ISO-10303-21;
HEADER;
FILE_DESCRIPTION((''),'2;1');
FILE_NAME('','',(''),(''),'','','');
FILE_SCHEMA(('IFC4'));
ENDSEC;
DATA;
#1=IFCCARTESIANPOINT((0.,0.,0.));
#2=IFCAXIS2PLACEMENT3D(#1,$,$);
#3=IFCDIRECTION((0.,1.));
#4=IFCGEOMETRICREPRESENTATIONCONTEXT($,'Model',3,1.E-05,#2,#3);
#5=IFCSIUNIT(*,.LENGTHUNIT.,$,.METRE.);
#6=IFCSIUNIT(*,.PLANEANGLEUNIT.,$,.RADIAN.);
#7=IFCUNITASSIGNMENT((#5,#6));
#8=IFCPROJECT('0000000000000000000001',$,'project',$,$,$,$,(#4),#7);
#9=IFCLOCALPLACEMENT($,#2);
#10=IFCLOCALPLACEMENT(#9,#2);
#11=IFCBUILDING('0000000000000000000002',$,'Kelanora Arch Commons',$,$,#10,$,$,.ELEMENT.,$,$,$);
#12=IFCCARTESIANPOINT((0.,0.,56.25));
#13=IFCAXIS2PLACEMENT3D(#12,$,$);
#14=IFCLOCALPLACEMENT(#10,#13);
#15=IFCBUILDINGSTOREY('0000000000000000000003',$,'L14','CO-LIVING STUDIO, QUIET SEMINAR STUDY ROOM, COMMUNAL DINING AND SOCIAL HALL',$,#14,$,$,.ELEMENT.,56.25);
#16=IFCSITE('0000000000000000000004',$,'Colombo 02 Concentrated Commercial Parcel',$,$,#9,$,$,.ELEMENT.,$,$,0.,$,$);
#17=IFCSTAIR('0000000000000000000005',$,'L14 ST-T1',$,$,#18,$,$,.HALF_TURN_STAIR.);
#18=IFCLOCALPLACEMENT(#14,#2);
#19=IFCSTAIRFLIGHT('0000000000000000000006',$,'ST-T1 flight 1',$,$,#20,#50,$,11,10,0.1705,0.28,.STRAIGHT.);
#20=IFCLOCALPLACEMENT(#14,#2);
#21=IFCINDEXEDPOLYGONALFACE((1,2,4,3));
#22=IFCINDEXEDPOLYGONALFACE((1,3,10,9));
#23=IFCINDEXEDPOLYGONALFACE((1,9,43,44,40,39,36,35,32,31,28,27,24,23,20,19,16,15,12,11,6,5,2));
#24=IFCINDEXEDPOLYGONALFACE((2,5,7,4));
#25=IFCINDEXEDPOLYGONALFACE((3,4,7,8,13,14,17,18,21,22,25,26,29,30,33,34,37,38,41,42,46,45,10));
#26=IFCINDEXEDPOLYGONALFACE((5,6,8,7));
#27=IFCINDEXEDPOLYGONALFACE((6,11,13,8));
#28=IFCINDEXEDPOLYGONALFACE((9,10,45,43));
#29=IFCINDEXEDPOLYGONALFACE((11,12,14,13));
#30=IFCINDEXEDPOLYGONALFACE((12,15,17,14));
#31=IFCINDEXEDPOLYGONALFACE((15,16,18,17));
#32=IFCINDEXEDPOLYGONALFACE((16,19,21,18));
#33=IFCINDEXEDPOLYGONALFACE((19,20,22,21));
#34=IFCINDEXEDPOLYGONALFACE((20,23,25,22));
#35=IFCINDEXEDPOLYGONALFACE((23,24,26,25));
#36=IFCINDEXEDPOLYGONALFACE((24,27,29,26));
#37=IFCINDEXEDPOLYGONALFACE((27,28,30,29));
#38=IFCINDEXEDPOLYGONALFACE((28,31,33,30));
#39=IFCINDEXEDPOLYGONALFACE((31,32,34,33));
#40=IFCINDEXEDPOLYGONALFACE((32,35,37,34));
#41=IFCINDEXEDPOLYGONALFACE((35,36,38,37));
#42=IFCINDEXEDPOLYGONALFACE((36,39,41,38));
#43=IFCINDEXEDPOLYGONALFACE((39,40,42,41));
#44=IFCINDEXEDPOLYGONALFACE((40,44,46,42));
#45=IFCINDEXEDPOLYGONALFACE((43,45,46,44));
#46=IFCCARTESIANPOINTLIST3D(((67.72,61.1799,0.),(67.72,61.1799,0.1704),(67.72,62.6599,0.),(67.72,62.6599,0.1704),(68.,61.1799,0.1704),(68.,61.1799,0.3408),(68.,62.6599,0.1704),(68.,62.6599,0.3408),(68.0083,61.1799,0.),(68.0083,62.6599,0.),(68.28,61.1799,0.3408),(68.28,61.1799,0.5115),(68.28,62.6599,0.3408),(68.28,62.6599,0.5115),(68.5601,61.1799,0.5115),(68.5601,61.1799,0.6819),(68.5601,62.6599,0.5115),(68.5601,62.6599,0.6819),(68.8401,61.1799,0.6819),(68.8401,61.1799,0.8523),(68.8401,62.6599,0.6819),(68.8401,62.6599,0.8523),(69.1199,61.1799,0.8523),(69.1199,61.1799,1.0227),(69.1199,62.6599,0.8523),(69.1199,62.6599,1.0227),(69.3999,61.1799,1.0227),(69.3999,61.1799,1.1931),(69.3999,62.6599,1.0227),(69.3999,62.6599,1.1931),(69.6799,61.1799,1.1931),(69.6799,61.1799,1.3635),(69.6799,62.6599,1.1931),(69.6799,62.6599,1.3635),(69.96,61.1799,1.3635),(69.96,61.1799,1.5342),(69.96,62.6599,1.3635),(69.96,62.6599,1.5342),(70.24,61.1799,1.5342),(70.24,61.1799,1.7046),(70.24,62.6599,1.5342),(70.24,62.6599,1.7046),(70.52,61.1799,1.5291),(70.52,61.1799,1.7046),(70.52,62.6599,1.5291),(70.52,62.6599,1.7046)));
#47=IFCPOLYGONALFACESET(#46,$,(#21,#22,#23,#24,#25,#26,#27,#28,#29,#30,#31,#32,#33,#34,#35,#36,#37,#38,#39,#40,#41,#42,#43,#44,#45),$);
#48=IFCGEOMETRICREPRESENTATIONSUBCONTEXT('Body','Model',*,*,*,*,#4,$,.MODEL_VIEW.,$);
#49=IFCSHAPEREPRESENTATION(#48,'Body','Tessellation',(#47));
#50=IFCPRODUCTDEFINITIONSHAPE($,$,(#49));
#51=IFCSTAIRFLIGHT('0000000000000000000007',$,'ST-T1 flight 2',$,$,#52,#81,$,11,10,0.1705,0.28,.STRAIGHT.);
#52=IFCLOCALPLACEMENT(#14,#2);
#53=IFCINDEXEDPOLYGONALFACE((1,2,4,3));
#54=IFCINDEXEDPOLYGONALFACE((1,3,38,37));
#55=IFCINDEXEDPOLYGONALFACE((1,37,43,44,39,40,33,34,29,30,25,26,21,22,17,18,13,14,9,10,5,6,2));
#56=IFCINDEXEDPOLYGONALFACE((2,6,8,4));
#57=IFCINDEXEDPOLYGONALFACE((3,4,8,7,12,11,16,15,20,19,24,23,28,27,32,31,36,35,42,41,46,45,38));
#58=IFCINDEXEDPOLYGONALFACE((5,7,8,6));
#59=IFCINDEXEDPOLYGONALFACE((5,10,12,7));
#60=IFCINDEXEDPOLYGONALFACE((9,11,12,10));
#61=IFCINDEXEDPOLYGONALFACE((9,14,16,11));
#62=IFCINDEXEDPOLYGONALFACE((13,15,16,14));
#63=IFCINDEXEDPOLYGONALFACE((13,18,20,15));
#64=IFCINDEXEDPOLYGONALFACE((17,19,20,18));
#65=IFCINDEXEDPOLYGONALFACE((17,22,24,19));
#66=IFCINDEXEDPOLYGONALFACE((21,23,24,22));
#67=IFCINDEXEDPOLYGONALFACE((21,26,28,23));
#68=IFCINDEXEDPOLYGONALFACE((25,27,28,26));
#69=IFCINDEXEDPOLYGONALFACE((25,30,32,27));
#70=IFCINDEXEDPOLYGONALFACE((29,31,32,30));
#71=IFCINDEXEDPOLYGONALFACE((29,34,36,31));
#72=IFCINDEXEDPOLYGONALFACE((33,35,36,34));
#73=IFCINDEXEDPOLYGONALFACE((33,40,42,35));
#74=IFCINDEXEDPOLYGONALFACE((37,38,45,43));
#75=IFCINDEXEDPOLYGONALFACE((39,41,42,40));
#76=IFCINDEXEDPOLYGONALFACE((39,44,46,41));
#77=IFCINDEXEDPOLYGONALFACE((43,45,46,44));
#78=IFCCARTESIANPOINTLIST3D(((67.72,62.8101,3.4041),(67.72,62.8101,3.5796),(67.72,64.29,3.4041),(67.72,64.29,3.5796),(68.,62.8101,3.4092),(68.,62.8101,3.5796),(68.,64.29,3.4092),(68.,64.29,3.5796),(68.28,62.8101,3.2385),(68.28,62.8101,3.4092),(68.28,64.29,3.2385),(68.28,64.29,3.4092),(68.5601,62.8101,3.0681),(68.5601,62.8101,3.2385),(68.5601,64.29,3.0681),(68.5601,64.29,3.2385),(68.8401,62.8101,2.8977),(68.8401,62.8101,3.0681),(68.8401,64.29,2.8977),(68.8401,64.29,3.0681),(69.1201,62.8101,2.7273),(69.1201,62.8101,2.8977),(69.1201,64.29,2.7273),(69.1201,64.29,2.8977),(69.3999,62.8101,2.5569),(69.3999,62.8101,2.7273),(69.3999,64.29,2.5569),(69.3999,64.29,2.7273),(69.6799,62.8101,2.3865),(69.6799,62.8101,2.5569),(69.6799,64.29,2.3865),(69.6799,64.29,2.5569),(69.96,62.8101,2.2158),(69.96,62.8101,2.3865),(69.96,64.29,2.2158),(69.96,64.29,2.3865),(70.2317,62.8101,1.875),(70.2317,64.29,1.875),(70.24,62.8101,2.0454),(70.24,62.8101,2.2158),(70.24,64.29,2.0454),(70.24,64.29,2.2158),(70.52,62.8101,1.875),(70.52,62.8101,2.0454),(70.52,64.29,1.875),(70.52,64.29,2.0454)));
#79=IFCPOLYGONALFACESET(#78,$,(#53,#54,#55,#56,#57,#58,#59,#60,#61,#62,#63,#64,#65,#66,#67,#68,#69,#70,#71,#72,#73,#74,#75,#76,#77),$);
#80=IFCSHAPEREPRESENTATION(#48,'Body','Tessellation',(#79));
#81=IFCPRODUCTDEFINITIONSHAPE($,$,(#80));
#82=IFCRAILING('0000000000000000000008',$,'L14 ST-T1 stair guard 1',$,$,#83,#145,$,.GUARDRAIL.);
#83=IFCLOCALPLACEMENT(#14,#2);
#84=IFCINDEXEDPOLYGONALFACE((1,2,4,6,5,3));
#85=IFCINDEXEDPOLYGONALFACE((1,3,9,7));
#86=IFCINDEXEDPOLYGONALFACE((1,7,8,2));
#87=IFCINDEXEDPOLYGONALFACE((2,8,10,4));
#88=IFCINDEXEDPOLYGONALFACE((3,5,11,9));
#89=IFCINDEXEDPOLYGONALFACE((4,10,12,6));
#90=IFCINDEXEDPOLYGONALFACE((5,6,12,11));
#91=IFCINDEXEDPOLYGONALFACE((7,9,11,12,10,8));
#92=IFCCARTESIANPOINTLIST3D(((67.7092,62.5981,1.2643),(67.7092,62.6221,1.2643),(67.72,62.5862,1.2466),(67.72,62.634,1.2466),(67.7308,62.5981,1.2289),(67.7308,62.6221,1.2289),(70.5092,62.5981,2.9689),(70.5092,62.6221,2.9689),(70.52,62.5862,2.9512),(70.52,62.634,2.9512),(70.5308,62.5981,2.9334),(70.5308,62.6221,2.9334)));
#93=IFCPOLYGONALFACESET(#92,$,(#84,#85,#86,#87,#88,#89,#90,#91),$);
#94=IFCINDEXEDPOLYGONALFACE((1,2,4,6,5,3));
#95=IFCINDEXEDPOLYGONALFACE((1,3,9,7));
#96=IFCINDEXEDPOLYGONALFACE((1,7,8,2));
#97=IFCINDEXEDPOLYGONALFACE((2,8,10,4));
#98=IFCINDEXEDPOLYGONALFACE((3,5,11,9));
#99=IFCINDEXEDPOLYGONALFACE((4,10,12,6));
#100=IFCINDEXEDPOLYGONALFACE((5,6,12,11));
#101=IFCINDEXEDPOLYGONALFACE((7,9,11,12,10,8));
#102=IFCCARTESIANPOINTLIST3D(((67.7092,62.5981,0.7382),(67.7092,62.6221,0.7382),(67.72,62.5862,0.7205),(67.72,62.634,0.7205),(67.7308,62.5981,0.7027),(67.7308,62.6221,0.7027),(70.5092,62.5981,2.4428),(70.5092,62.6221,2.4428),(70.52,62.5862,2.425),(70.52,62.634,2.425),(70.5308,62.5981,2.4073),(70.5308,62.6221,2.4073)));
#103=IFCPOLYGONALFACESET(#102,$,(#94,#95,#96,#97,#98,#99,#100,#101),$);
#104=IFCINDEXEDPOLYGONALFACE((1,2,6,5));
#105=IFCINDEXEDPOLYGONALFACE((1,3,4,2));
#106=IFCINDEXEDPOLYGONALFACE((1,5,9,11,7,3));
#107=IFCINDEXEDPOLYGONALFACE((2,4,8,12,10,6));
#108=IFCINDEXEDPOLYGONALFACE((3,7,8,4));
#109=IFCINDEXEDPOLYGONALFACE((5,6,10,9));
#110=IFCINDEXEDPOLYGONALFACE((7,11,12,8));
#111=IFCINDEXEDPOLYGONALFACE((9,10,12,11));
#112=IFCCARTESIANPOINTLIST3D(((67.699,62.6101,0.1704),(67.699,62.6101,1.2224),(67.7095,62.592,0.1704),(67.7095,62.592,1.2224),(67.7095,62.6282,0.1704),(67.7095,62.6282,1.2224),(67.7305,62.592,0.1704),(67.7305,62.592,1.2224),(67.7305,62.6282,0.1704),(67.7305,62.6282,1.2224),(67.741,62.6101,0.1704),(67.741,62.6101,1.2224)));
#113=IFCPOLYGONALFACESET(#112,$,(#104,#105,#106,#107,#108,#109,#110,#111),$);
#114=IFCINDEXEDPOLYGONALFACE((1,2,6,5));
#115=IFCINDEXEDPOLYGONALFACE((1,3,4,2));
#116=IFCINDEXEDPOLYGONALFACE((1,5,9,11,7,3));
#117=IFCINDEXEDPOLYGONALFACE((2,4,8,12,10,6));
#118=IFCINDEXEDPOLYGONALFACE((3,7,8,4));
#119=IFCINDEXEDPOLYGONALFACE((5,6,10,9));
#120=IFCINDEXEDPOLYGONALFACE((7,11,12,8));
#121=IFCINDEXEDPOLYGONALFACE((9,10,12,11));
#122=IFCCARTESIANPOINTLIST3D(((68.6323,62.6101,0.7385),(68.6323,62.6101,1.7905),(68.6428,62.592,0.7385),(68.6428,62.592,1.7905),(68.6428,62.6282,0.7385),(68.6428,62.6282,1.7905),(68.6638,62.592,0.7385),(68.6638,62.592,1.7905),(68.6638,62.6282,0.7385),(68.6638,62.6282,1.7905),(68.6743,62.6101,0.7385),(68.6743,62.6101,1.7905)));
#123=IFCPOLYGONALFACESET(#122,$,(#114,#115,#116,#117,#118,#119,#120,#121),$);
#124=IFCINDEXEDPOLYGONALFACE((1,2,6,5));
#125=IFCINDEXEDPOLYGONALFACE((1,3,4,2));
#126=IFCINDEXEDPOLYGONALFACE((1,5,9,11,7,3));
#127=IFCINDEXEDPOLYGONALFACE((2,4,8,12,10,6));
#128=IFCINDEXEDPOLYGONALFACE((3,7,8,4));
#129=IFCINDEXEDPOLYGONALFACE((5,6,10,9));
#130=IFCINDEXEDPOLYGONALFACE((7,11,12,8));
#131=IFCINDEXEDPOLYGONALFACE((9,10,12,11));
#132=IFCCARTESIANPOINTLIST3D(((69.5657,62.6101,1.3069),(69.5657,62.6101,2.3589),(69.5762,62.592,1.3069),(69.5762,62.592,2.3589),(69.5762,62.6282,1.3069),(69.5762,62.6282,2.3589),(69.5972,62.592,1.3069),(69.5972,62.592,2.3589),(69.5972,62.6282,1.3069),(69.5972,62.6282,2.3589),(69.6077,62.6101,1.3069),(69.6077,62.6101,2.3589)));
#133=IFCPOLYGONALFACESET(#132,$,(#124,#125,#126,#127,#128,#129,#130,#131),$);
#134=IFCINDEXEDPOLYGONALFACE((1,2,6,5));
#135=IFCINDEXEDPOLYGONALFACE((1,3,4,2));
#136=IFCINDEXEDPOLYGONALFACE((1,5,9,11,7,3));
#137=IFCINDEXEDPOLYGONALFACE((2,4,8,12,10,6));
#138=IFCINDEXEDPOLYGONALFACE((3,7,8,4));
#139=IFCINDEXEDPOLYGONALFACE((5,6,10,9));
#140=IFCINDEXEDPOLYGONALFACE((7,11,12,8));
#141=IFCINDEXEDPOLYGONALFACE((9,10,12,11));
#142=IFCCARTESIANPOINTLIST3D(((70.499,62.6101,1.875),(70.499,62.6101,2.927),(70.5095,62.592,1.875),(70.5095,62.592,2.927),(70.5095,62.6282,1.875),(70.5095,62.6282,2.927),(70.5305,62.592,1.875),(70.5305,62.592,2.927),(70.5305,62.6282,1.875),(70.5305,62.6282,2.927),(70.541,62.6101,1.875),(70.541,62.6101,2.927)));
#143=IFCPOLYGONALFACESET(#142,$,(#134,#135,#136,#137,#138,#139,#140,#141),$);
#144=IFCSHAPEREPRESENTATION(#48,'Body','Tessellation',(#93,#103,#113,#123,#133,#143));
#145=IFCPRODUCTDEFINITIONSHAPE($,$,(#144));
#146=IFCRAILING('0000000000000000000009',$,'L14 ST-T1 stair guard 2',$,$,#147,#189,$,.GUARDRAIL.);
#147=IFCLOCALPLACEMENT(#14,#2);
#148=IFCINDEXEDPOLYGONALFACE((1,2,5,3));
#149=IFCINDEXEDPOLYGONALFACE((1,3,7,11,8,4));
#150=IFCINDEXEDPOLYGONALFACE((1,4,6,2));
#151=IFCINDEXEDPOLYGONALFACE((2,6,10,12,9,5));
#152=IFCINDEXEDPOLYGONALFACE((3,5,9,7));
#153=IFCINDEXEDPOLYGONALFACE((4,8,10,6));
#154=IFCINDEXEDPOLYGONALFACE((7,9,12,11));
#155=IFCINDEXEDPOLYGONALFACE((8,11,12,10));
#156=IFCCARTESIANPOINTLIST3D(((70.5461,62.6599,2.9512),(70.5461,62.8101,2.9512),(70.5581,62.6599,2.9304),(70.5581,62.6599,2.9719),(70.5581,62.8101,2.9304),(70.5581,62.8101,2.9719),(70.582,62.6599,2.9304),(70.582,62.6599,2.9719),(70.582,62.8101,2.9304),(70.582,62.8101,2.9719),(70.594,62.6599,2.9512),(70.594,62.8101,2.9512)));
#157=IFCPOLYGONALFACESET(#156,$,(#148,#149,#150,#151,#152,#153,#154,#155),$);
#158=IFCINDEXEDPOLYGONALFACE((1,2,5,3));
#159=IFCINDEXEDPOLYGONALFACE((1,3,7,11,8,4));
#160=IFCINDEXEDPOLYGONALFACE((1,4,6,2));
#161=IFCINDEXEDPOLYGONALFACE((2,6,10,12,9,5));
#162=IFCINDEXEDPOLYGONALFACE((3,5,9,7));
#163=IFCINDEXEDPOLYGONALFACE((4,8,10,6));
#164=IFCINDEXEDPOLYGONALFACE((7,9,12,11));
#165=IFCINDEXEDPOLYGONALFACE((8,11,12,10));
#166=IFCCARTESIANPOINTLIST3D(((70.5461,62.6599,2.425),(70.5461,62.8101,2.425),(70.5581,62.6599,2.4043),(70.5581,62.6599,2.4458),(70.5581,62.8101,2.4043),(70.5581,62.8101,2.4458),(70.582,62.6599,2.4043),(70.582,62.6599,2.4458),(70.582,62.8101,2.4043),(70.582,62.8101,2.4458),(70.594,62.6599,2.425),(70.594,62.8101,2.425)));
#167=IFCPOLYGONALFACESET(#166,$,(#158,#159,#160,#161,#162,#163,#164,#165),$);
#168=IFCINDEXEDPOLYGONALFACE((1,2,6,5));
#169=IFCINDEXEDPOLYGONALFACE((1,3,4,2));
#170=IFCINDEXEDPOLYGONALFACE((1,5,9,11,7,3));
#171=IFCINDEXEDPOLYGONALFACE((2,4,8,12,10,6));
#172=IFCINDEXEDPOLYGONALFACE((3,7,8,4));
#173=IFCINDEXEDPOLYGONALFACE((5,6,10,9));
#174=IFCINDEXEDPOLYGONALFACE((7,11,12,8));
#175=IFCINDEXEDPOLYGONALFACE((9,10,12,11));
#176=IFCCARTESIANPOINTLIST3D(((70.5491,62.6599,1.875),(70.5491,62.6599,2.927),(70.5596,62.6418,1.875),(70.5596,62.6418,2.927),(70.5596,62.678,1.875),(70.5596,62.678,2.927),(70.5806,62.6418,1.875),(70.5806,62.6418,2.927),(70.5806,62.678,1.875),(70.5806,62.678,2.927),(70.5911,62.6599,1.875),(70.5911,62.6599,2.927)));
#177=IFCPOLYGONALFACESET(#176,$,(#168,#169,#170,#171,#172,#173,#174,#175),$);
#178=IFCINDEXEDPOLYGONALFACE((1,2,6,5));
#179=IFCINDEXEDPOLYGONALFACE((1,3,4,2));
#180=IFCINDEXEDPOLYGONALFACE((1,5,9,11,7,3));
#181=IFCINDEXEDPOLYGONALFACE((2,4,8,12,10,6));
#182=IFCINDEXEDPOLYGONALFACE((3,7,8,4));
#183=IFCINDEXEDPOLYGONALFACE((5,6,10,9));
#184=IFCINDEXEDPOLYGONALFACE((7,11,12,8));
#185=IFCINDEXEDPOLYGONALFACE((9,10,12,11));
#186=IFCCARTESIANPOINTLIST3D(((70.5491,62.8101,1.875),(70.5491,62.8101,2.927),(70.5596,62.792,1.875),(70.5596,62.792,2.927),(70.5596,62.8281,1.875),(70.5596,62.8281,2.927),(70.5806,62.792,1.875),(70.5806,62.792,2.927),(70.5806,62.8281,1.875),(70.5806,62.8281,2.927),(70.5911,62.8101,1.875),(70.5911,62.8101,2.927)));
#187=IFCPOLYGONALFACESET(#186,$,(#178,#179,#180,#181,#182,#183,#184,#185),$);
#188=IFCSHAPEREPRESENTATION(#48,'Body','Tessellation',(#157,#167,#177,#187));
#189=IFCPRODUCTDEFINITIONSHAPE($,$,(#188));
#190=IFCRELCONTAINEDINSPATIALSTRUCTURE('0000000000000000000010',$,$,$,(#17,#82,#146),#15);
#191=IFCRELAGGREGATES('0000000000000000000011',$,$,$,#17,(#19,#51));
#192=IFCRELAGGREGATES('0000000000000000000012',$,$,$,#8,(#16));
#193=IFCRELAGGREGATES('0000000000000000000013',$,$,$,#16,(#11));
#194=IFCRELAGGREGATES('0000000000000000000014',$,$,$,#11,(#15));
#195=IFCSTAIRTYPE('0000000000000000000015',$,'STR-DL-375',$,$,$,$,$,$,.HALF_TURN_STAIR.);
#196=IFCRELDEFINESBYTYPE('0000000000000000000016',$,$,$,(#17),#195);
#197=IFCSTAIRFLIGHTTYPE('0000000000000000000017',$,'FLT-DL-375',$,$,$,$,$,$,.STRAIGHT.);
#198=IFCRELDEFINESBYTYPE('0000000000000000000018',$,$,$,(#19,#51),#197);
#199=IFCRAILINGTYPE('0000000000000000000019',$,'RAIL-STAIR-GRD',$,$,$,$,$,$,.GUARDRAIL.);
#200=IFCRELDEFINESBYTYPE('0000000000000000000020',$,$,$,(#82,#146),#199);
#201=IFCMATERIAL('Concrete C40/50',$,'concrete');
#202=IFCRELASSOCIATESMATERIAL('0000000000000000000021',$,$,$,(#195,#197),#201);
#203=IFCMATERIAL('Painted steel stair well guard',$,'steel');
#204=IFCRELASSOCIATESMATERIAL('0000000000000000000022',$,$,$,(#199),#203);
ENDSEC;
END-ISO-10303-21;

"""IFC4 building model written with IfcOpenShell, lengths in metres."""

from ifc_helpers import new_model, si_unit, direction, frame, origin, place, context, subcontext, project, spatial, polyline, outline, extrude, material, type_object, element, aggregate, save


model = new_model("IFC4")

# Units and contexts
model_context = context("Model", 3, precision=1e-05, world=origin(), true_north=direction((0.0, 1.0)))
body_context = subcontext(model_context, "Body", "Model", "MODEL_VIEW")
ifc_project = project(units=[si_unit("LENGTHUNIT", "METRE"), si_unit("PLANEANGLEUNIT", "RADIAN")], contexts=[model_context])

# Site, building, storey
site_placement = place(None, origin())
site = spatial("IfcSite", under=ifc_project, at=site_placement, Name="Colombo 02 Concentrated Commercial Parcel", CompositionType="ELEMENT", RefElevation=0.0)
building_placement = place(site_placement, origin())
building = spatial("IfcBuilding", under=site, at=building_placement, Name="Kelanora Arch Commons", CompositionType="ELEMENT")
storey_placement = place(building_placement, frame((0.0, 0.0, 56.25)))
storey = spatial("IfcBuildingStorey", under=building, at=storey_placement, Name="L14", Description="CO-LIVING STUDIO, QUIET SEMINAR STUDY ROOM, COMMUNAL DINING AND SOCIAL HALL", CompositionType="ELEMENT", Elevation=56.25)

# Shared definitions
ifc_material_1 = material(Name="Concrete C40/50", Category="concrete")

# Stair, stair flights
stair_type = type_object("IfcStairType", Name="STR-DL-375", PredefinedType="HALF_TURN_STAIR", material=ifc_material_1)
stair_placement = place(storey_placement, origin())
stair = element("IfcStair", 1, at=stair_placement, inside=storey, type_object=stair_type, Name="L14 ST-T1", PredefinedType="HALF_TURN_STAIR")
stair_flight_type = type_object("IfcStairFlightType", Name="FLT-DL-375", PredefinedType="STRAIGHT", material=ifc_material_1)
stair_flight_1_placement = place(storey_placement, frame((67.72, 61.9199, 0.0), z_axis=(0.0, 0.0, 1.0), x_axis=(1.0, 0.0, 0.0)))
stair_flight_1 = element("IfcStairFlight", 2, at=stair_flight_1_placement, type_object=stair_flight_type, Name="ST-T1 flight 1", NumberOfRisers=11, NumberOfTreads=10, PredefinedType="STRAIGHT", RiserHeight=0.1705, TreadLength=0.28, context=body_context, shape_type="SweptSolid", body=[
    extrude(outline(polyline([(0.0, 0.0), (0.0, 0.1704), (0.28, 0.1704), (0.28, 0.3408), (0.5601, 0.3408), (0.5601, 0.5115), (0.8401, 0.5115), (0.8401, 0.6819), (1.1201, 0.6819), (1.1201, 0.8523), (1.3999, 0.8523), (1.3999, 1.0227), (1.6799, 1.0227), (1.6799, 1.1931), (1.96, 1.1931), (1.96, 1.3635), (2.24, 1.3635), (2.24, 1.5342), (2.52, 1.5342), (2.52, 1.7046), (2.8, 1.7046), (2.8, 1.875), (2.8, 1.5291), (0.2883, 0.0), (0.0, 0.0)])), frame((0.0, 0.74, 0.0), z_axis=(0.0, -1.0, 0.0), x_axis=(1.0, 0.0, 0.0)), (0.0, 0.0, 1.0), 1.48),
])
stair_flight_2_placement = place(storey_placement, frame((70.52, 63.55, 1.875), z_axis=(0.0, 0.0, 1.0), x_axis=(-1.0, 0.0, 0.0)))
stair_flight_2 = element("IfcStairFlight", 3, at=stair_flight_2_placement, type_object=stair_flight_type, Name="ST-T1 flight 2", NumberOfRisers=11, NumberOfTreads=10, PredefinedType="STRAIGHT", RiserHeight=0.1705, TreadLength=0.28, context=body_context, shape_type="SweptSolid", body=[
    extrude(outline(polyline([(0.0, 0.0), (0.0, 0.1704), (0.28, 0.1704), (0.28, 0.3408), (0.5601, 0.3408), (0.5601, 0.5115), (0.8401, 0.5115), (0.8401, 0.6819), (1.1201, 0.6819), (1.1201, 0.8523), (1.3999, 0.8523), (1.3999, 1.0227), (1.6799, 1.0227), (1.6799, 1.1931), (1.96, 1.1931), (1.96, 1.3635), (2.24, 1.3635), (2.24, 1.5342), (2.52, 1.5342), (2.52, 1.7046), (2.8, 1.7046), (2.8, 1.875), (2.8, 1.5291), (0.2883, 0.0), (0.0, 0.0)])), frame((0.0, 0.74, 0.0), z_axis=(0.0, -1.0, 0.0), x_axis=(1.0, 0.0, 0.0)), (0.0, 0.0, 1.0), 1.48),
])
aggregate(stair, [stair_flight_1, stair_flight_2])

# Railings
ifc_material_2 = material(Name="Painted steel stair well guard", Category="steel")
railing_type_1 = type_object("IfcRailingType", Name="RAIL-STAIR-GRD", PredefinedType="GUARDRAIL", material=ifc_material_2)
railing_1_placement = place(storey_placement, frame((67.72, 62.6101, 0.1704)))
element("IfcRailing", 4, at=railing_1_placement, inside=storey, type_object=railing_type_1, Name="L14 ST-T1 stair guard 1", PredefinedType="GUARDRAIL", context=body_context, shape_type="SweptSolid", body=[
    extrude(outline(polyline([(0.0239, 0.0), (0.012, 0.0208), (-0.012, 0.0208), (-0.0239, 0.0), (-0.012, -0.0208), (0.012, -0.0208), (0.0239, 0.0)])), frame((0.0, 0.0, 1.0762), z_axis=(0.85417, 0.0, 0.519994), x_axis=(0.0, 1.0, 0.0)), (0.0, 0.0, 1.0), 3.2781),
    extrude(outline(polyline([(0.0239, 0.0), (0.012, 0.0208), (-0.012, 0.0208), (-0.0239, 0.0), (-0.012, -0.0208), (0.012, -0.0208), (0.0239, 0.0)])), frame((0.0, 0.0, 0.55), z_axis=(0.85417, 0.0, 0.519994), x_axis=(0.0, 1.0, 0.0)), (0.0, 0.0, 1.0), 3.2781),
    extrude(outline(polyline([(0.021, 0.0), (0.0105, 0.0181), (-0.0105, 0.0181), (-0.021, 0.0), (-0.0105, -0.0181), (0.0105, -0.0181), (0.021, 0.0)])), origin(), (0.0, 0.0, 1.0), 1.052),
    extrude(outline(polyline([(0.021, 0.0), (0.0105, 0.0181), (-0.0105, 0.0181), (-0.021, 0.0), (-0.0105, -0.0181), (0.0105, -0.0181), (0.021, 0.0)])), frame((0.9333, 0.0, 0.5681)), (0.0, 0.0, 1.0), 1.052),
    extrude(outline(polyline([(0.021, 0.0), (0.0105, 0.0181), (-0.0105, 0.0181), (-0.021, 0.0), (-0.0105, -0.0181), (0.0105, -0.0181), (0.021, 0.0)])), frame((1.8667, 0.0, 1.1365)), (0.0, 0.0, 1.0), 1.052),
    extrude(outline(polyline([(0.021, 0.0), (0.0105, 0.0181), (-0.0105, 0.0181), (-0.021, 0.0), (-0.0105, -0.0181), (0.0105, -0.0181), (0.021, 0.0)])), frame((2.8, 0.0, 1.7046)), (0.0, 0.0, 1.0), 1.052),
])
railing_2_placement = place(storey_placement, frame((70.5701, 62.6599, 1.875)))
element("IfcRailing", 5, at=railing_2_placement, inside=storey, type_object=railing_type_1, Name="L14 ST-T1 stair guard 2", PredefinedType="GUARDRAIL", context=body_context, shape_type="SweptSolid", body=[
    extrude(outline(polyline([(0.0239, 0.0), (0.012, 0.0208), (-0.012, 0.0208), (-0.0239, 0.0), (-0.012, -0.0208), (0.012, -0.0208), (0.0239, 0.0)])), frame((0.0, 0.0, 1.0762), z_axis=(0.0, 1.0, 0.0), x_axis=(-1.0, 0.0, 0.0)), (0.0, 0.0, 1.0), 0.1501),
    extrude(outline(polyline([(0.0239, 0.0), (0.012, 0.0208), (-0.012, 0.0208), (-0.0239, 0.0), (-0.012, -0.0208), (0.012, -0.0208), (0.0239, 0.0)])), frame((0.0, 0.0, 0.55), z_axis=(0.0, 1.0, 0.0), x_axis=(-1.0, 0.0, 0.0)), (0.0, 0.0, 1.0), 0.1501),
    extrude(outline(polyline([(0.021, 0.0), (0.0105, 0.0181), (-0.0105, 0.0181), (-0.021, 0.0), (-0.0105, -0.0181), (0.0105, -0.0181), (0.021, 0.0)])), origin(), (0.0, 0.0, 1.0), 1.052),
    extrude(outline(polyline([(0.021, 0.0), (0.0105, 0.0181), (-0.0105, 0.0181), (-0.021, 0.0), (-0.0105, -0.0181), (0.0105, -0.0181), (0.021, 0.0)])), frame((0.0, 0.1501, 0.0)), (0.0, 0.0, 1.0), 1.052),
])

save(model, "model.ifc")
